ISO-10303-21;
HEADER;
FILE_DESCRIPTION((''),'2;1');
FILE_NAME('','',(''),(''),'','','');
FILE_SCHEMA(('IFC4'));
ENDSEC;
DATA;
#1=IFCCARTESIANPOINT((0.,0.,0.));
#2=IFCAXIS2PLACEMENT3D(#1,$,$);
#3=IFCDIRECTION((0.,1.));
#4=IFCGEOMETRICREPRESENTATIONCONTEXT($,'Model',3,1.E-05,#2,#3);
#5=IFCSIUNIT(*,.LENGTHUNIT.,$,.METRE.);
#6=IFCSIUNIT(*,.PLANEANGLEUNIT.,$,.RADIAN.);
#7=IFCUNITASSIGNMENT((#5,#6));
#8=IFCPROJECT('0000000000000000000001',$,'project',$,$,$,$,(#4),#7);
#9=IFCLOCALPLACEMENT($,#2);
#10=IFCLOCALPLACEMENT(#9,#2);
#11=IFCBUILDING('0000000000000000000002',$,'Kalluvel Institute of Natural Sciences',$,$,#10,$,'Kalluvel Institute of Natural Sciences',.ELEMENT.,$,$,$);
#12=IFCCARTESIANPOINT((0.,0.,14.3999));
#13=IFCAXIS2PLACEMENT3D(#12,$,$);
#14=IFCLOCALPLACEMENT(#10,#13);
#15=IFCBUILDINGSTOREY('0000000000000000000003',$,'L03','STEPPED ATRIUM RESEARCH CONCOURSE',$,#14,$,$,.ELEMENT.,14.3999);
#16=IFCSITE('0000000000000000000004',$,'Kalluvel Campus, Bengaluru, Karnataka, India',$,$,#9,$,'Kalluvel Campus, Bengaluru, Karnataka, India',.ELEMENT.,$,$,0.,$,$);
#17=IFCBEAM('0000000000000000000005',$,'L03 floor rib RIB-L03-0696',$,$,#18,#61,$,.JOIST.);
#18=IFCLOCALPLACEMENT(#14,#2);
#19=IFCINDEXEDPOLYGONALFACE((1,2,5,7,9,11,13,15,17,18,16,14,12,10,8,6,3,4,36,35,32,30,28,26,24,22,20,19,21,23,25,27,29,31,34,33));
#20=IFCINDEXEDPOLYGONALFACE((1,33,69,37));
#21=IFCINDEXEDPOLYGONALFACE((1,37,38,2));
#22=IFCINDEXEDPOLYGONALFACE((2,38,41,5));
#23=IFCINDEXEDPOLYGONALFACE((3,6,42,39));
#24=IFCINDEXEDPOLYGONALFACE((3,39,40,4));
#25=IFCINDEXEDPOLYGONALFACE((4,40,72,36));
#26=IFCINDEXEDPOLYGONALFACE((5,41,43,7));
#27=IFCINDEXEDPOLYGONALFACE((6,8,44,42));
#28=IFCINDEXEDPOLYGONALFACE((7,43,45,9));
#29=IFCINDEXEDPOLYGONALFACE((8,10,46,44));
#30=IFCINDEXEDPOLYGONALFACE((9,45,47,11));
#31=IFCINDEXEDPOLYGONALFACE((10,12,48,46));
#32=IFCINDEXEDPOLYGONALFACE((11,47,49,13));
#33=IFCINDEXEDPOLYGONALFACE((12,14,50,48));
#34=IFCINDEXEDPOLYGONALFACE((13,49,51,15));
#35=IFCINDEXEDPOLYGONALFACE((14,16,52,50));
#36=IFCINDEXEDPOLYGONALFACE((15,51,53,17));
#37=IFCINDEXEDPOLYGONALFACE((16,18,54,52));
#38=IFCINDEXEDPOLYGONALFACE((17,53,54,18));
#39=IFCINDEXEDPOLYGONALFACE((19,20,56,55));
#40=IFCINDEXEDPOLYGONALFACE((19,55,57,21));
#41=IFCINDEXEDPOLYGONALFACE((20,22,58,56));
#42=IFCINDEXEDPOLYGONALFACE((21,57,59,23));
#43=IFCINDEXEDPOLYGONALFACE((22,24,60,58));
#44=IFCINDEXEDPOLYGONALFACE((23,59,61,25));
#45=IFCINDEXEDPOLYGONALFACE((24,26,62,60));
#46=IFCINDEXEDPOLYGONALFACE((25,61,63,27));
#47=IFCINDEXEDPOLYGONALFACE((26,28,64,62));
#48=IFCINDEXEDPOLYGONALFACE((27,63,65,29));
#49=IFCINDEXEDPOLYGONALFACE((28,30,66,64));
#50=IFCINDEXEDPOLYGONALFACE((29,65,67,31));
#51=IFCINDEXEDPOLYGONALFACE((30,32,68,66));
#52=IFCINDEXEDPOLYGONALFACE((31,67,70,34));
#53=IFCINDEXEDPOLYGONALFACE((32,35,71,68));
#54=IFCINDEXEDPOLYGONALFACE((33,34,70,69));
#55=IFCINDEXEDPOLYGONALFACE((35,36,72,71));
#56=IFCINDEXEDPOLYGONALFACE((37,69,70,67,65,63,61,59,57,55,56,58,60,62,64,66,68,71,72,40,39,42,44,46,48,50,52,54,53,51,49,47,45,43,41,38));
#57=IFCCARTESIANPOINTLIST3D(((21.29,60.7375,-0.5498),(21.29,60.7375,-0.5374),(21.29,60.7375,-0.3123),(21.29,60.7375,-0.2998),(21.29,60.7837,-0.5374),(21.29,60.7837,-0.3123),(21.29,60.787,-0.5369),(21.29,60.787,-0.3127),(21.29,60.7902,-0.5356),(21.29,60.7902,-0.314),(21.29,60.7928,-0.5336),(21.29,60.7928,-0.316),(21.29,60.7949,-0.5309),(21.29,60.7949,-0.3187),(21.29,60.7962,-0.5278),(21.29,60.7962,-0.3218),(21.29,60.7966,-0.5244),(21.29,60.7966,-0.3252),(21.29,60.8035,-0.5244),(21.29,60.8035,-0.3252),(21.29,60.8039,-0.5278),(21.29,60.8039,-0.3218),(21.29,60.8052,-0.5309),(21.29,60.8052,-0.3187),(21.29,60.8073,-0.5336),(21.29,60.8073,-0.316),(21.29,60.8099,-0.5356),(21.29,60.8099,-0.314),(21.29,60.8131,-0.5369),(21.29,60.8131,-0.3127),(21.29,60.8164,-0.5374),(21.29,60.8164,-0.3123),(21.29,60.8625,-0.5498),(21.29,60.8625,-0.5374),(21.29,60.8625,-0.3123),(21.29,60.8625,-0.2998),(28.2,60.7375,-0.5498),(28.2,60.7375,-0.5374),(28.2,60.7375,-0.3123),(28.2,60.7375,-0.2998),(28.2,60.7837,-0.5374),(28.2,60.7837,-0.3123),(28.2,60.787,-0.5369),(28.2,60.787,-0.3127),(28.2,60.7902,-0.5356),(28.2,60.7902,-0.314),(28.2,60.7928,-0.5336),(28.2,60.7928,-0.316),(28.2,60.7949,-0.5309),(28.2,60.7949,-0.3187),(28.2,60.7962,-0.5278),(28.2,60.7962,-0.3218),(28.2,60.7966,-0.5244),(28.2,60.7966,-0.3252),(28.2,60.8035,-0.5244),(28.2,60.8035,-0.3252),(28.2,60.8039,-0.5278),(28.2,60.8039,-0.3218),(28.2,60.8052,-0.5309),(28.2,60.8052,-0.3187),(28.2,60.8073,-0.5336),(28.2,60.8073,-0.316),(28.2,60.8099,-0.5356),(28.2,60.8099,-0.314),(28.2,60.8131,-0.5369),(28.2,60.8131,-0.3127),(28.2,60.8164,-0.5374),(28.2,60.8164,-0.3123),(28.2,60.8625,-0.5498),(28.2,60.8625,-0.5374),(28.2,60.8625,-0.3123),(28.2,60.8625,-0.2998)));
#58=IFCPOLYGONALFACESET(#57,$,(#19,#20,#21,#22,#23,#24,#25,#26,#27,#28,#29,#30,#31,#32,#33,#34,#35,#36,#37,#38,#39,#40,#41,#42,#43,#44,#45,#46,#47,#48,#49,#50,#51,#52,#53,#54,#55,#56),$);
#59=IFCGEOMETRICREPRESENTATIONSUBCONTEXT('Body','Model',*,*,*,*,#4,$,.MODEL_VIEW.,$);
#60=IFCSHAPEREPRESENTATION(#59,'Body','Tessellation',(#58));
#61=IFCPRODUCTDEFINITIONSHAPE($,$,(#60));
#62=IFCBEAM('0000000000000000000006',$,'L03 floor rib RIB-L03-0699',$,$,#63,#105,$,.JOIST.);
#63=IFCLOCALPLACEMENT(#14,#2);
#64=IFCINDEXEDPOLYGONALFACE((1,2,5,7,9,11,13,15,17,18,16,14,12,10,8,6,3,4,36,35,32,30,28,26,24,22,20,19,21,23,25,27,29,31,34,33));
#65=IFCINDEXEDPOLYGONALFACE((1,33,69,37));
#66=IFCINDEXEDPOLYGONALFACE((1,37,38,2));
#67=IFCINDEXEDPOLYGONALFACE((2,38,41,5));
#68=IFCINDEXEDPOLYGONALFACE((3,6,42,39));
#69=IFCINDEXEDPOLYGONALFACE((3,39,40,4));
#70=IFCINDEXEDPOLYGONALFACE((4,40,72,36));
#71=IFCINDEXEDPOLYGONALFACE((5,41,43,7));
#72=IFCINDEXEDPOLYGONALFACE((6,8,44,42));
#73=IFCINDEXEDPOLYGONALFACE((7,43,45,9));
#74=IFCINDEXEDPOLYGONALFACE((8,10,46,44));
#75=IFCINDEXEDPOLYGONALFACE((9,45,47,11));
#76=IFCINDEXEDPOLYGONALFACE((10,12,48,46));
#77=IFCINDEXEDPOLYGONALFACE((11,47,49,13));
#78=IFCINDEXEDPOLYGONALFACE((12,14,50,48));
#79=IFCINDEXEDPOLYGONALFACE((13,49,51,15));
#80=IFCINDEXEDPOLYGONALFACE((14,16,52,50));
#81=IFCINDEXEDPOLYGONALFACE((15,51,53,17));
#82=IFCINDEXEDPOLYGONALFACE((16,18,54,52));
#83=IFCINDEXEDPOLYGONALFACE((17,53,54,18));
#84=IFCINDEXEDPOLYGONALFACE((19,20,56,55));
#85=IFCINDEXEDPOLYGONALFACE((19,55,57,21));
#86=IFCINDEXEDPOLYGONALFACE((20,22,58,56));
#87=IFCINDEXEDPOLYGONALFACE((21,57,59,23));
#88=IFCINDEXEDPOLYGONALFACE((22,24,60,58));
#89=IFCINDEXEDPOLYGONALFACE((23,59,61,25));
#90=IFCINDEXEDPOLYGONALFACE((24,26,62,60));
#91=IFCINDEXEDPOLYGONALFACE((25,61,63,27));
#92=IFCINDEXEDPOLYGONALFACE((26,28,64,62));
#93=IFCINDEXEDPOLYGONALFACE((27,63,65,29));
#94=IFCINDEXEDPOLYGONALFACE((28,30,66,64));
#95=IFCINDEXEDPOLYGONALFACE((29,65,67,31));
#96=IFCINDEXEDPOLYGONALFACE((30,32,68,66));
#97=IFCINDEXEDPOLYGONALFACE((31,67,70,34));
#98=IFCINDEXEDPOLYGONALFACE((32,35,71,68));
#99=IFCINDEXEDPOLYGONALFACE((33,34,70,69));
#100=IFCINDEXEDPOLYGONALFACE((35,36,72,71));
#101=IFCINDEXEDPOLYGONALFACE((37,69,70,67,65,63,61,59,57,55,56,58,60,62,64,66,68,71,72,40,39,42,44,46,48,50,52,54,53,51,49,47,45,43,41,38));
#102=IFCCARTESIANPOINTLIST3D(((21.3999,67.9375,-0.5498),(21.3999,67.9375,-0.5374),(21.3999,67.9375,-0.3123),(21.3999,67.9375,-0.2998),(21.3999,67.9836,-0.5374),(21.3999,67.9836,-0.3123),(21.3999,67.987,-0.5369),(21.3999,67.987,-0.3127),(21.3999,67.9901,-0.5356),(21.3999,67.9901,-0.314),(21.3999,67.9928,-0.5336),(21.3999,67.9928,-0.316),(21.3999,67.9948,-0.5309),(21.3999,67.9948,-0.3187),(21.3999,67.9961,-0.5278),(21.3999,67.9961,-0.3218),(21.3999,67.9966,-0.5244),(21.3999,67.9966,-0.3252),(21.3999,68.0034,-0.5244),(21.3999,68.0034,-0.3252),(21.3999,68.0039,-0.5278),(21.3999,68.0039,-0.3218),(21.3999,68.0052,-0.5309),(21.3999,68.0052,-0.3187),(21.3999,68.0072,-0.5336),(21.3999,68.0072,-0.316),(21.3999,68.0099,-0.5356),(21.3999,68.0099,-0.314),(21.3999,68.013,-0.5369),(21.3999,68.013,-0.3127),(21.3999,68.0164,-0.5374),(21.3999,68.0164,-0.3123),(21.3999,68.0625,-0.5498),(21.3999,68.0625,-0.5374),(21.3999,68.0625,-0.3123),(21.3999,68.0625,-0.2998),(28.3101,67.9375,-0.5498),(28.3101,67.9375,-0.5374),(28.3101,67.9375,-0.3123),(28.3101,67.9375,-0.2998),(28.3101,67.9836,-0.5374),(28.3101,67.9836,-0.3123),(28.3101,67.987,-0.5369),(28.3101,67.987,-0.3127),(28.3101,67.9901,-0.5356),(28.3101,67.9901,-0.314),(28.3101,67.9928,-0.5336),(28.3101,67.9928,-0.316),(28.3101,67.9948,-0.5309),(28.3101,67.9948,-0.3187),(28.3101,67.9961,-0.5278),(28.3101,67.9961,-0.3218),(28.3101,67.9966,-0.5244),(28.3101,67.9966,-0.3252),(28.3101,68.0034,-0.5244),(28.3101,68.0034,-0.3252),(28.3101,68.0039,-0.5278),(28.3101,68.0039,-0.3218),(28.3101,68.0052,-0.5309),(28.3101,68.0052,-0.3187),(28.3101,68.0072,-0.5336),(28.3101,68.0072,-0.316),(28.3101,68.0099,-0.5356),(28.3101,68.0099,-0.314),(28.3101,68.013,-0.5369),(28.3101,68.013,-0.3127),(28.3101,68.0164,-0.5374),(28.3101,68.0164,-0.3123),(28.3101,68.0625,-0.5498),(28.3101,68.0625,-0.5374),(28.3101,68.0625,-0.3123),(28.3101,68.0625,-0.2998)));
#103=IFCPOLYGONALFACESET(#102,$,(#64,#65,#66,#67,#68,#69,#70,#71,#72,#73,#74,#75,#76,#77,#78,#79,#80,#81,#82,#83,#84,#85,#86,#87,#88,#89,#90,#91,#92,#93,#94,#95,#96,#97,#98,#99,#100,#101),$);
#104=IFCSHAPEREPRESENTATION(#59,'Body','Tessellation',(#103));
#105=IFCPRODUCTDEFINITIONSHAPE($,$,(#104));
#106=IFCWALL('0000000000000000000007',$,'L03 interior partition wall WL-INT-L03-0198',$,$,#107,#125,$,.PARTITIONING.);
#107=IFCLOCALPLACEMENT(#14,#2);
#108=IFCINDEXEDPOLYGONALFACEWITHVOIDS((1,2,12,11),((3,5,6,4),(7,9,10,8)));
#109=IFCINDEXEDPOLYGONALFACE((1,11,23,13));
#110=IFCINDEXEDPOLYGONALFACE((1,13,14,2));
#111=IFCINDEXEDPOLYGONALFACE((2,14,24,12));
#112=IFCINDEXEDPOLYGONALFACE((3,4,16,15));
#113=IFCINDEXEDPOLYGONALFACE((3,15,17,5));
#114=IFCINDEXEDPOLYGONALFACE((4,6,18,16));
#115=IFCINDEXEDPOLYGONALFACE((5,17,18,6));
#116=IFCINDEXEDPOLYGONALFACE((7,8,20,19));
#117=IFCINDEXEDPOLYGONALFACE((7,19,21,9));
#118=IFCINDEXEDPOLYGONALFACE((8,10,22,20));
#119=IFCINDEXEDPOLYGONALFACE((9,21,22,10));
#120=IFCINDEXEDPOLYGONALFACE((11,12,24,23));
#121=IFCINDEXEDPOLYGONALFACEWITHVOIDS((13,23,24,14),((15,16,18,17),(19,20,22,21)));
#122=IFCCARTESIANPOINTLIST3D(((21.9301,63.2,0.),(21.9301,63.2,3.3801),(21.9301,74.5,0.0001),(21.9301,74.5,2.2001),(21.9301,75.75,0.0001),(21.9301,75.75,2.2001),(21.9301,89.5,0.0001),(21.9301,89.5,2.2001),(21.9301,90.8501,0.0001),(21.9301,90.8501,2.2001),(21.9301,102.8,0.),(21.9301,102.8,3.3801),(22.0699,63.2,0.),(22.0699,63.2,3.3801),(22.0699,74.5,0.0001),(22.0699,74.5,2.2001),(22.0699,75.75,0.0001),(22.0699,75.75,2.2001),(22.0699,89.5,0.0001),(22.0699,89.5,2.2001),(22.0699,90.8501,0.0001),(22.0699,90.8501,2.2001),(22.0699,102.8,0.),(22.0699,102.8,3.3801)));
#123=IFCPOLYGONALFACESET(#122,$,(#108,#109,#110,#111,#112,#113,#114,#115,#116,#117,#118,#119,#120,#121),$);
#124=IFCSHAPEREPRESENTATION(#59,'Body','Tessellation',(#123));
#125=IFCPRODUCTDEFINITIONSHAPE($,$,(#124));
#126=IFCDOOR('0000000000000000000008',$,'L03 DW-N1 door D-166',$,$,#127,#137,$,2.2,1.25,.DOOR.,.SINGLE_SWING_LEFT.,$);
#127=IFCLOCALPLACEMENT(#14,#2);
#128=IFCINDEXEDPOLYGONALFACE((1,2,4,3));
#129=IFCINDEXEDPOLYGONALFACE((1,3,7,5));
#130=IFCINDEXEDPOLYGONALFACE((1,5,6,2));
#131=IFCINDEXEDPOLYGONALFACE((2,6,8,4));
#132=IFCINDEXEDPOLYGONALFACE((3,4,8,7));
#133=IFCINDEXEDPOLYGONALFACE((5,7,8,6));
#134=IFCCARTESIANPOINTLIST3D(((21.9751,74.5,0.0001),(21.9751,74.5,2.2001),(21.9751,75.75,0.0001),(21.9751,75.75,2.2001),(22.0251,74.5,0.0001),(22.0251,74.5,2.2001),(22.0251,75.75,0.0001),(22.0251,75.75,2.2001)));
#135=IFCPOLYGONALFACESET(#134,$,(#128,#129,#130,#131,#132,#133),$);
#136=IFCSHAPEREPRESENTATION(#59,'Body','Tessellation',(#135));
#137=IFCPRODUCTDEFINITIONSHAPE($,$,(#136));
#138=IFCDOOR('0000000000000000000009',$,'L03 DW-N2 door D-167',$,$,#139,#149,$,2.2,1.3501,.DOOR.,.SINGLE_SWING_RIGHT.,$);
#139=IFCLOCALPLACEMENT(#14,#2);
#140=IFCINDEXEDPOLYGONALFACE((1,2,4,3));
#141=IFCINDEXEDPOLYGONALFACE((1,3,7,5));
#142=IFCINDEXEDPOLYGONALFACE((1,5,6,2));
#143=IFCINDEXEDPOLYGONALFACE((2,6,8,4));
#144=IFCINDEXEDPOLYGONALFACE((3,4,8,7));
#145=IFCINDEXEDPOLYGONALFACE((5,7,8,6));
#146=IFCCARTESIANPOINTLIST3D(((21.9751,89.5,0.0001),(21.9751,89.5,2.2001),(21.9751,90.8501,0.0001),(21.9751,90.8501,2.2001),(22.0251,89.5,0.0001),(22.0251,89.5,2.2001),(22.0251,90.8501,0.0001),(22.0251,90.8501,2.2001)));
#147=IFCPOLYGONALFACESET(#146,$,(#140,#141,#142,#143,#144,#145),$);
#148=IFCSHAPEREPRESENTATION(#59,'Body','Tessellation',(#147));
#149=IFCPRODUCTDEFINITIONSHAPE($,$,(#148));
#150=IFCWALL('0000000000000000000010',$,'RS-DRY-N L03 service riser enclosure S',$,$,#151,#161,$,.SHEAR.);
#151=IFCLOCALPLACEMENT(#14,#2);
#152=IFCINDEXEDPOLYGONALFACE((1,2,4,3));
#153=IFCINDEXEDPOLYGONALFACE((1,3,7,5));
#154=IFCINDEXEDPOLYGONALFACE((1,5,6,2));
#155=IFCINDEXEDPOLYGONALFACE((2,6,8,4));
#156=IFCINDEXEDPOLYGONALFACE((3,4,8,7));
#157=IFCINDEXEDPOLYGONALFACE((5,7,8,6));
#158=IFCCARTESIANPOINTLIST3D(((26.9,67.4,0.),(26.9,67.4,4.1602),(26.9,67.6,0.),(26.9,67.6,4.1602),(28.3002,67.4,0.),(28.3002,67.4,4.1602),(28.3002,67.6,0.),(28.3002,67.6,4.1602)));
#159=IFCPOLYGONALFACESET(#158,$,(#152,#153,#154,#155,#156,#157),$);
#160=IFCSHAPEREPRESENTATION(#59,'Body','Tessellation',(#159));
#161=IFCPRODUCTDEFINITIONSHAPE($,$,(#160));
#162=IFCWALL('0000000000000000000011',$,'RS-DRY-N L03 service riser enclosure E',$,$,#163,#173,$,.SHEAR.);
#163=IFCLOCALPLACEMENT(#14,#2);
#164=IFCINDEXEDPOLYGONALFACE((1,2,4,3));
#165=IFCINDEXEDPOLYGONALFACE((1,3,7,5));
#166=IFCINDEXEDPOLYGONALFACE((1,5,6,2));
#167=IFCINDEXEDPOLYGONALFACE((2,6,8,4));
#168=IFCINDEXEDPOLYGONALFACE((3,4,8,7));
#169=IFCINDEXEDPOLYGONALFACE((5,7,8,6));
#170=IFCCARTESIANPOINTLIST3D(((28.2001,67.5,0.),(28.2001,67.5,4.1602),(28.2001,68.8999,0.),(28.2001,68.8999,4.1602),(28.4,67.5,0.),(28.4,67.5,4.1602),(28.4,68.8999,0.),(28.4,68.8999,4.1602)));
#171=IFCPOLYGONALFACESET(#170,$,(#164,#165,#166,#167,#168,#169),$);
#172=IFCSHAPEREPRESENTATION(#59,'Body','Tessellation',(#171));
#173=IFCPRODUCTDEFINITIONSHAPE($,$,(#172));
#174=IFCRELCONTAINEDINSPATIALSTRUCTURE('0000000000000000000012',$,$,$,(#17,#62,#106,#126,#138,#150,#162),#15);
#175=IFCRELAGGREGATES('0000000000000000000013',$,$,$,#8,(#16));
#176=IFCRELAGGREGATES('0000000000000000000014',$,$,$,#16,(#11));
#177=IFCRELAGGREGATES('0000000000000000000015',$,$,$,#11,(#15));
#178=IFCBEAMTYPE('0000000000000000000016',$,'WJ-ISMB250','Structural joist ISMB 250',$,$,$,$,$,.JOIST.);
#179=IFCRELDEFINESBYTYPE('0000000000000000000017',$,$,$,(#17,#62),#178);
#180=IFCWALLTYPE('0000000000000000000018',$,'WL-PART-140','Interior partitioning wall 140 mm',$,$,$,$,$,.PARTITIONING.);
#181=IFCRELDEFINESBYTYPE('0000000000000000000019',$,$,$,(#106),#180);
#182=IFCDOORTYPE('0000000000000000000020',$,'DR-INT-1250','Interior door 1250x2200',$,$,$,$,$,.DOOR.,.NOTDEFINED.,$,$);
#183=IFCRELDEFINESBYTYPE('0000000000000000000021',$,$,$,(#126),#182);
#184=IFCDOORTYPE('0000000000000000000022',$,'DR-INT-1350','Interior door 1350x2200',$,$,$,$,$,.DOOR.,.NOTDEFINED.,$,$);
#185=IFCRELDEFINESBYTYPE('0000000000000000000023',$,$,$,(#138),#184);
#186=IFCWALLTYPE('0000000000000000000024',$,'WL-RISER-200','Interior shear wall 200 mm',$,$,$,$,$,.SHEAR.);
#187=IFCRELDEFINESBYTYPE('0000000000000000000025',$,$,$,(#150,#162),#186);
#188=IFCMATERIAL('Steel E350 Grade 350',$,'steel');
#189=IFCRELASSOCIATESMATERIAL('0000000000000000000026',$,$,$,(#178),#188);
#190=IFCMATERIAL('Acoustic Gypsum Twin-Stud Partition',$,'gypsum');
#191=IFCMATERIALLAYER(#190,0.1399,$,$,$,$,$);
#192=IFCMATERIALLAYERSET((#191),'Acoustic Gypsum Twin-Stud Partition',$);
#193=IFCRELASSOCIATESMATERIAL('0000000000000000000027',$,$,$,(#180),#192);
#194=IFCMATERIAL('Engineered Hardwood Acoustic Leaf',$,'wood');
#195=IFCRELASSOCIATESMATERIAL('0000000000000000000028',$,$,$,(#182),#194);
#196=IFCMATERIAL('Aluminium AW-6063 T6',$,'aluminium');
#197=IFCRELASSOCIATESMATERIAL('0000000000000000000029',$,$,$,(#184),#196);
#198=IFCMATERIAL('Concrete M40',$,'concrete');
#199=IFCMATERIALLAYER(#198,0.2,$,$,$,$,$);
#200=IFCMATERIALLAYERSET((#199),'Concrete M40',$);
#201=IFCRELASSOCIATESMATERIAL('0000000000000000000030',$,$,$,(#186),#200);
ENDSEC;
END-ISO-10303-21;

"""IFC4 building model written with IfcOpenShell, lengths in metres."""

from ifc_helpers import new_model, si_unit, direction, frame, frame_2d, origin, origin_2d, place, context, subcontext, project, spatial, rectangle, i_section, extrude, material, layer, layer_set, material_profile, profile_set, type_object, element, fill, save


model = new_model("IFC4")

# Units and contexts
model_context = context("Model", 3, precision=1e-05, world=origin(), true_north=direction((0.0, 1.0)))
body_context = subcontext(model_context, "Body", "Model", "MODEL_VIEW")
ifc_project = project(units=[si_unit("LENGTHUNIT", "METRE"), si_unit("PLANEANGLEUNIT", "RADIAN")], contexts=[model_context])

# Site, building, storey
site_placement = place(None, origin())
site = spatial("IfcSite", under=ifc_project, at=site_placement, Name="Kalluvel Campus, Bengaluru, Karnataka, India", LongName="Kalluvel Campus, Bengaluru, Karnataka, India", CompositionType="ELEMENT", RefElevation=0.0)
building_placement = place(site_placement, origin())
building = spatial("IfcBuilding", under=site, at=building_placement, Name="Kalluvel Institute of Natural Sciences", LongName="Kalluvel Institute of Natural Sciences", CompositionType="ELEMENT")
storey_placement = place(building_placement, frame((0.0, 0.0, 14.3999)))
storey = spatial("IfcBuildingStorey", under=building, at=storey_placement, Name="L03", Description="STEPPED ATRIUM RESEARCH CONCOURSE", CompositionType="ELEMENT", Elevation=14.3999)

# Shared definitions
ifc_material_1 = material(Name="Concrete M40", Category="concrete")

# Beams
ifc_material_2 = material(Name="Steel E350 Grade 350", Category="steel")
ifc_material_profile_1 = material_profile(ifc_material_2, i_section(OverallWidth=0.125, OverallDepth=0.25, WebThickness=0.0068, FlangeThickness=0.0125, FilletRadius=0.0129, at=origin_2d()), Name="ISMB 250")
ifc_profile_set_1 = profile_set([ifc_material_profile_1], Name="Steel E350 Grade 350")
beam_type_1 = type_object("IfcBeamType", Name="WJ-ISMB250", Description="Structural joist ISMB 250", PredefinedType="JOIST", material=ifc_profile_set_1)
beam_1_placement = place(storey_placement, frame((21.29, 60.8, -0.4248), z_axis=(1.0, 0.0, 0.0), x_axis=(0.0, 1.0, 0.0)))
element("IfcBeam", 1, at=beam_1_placement, inside=storey, type_object=beam_type_1, Name="L03 floor rib RIB-L03-0696", PredefinedType="JOIST", context=body_context, shape_type="SweptSolid", body=[
    extrude(i_section(OverallWidth=0.125, OverallDepth=0.25, WebThickness=0.0068, FlangeThickness=0.0125, FilletRadius=0.0129, at=origin_2d()), origin(), (0.0, 0.0, 1.0), 6.9099),
])
beam_2_placement = place(storey_placement, frame((21.3999, 68.0, -0.4248), z_axis=(1.0, 0.0, 0.0), x_axis=(0.0, 1.0, 0.0)))
element("IfcBeam", 2, at=beam_2_placement, inside=storey, type_object=beam_type_1, Name="L03 floor rib RIB-L03-0699", PredefinedType="JOIST", context=body_context, shape_type="SweptSolid", body=[
    extrude(i_section(OverallWidth=0.125, OverallDepth=0.25, WebThickness=0.0068, FlangeThickness=0.0125, FilletRadius=0.0129, at=origin_2d()), origin(), (0.0, 0.0, 1.0), 6.9102),
])

# Wall, openings, doors
ifc_material_3 = material(Name="Acoustic Gypsum Twin-Stud Partition", Category="gypsum")
ifc_layer_1 = layer(ifc_material_3, 0.1399)
ifc_layer_set_1 = layer_set([ifc_layer_1], Name="Acoustic Gypsum Twin-Stud Partition")
wall_type_1 = type_object("IfcWallType", Name="WL-PART-140", Description="Interior partitioning wall 140 mm", PredefinedType="PARTITIONING", material=ifc_layer_set_1)
wall_1_placement = place(storey_placement, frame((22.0, 63.2, 0.0), z_axis=(0.0, 0.0, 1.0), x_axis=(0.0, 1.0, 0.0)))
wall_1 = element("IfcWall", 3, at=wall_1_placement, inside=storey, type_object=wall_type_1, Name="L03 interior partition wall WL-INT-L03-0198", PredefinedType="PARTITIONING", context=body_context, shape_type="SweptSolid", body=[
    extrude(rectangle(XDim=39.6001, YDim=0.1399, at=frame_2d((19.8, 0.0))), origin(), (0.0, 0.0, 1.0), 3.3801),
])
opening_1_placement = place(wall_1_placement, frame((11.3, 0.0, 0.0)))
opening_1 = element("IfcOpeningElement", 4, at=opening_1_placement, cuts=wall_1, PredefinedType="OPENING", context=body_context, shape_type="SweptSolid", body=[
    extrude(rectangle(XDim=1.25, YDim=2.2, at=frame_2d((0.625, 1.1001))), frame((0.0, 0.0798, 0.0), z_axis=(0.0, -1.0, 0.0), x_axis=(1.0, 0.0, 0.0)), (0.0, 0.0, 1.0), 0.1599),
])
opening_2_placement = place(wall_1_placement, frame((26.3, 0.0, 0.0)))
opening_2 = element("IfcOpeningElement", 5, at=opening_2_placement, cuts=wall_1, PredefinedType="OPENING", context=body_context, shape_type="SweptSolid", body=[
    extrude(rectangle(XDim=1.3501, YDim=2.2, at=frame_2d((0.675, 1.1001))), frame((0.0, 0.0798, 0.0), z_axis=(0.0, -1.0, 0.0), x_axis=(1.0, 0.0, 0.0)), (0.0, 0.0, 1.0), 0.1599),
])
ifc_material_4 = material(Name="Engineered Hardwood Acoustic Leaf", Category="wood")
door_type_1 = type_object("IfcDoorType", Name="DR-INT-1250", Description="Interior door 1250x2200", OperationType="NOTDEFINED", PredefinedType="DOOR", material=ifc_material_4)
door_1_placement = place(opening_1_placement, origin())
door_1 = element("IfcDoor", 6, at=door_1_placement, inside=storey, type_object=door_type_1, Name="L03 DW-N1 door D-166", OperationType="SINGLE_SWING_LEFT", OverallHeight=2.2, OverallWidth=1.25, PredefinedType="DOOR", context=body_context, shape_type="SweptSolid", body=[
    extrude(rectangle(XDim=1.25, YDim=2.2, at=frame_2d((0.625, 1.1001))), frame((0.0, 0.0249, 0.0), z_axis=(0.0, -1.0, 0.0), x_axis=(1.0, 0.0, 0.0)), (0.0, 0.0, 1.0), 0.05),
])
fill(opening_1, door_1)
ifc_material_5 = material(Name="Aluminium AW-6063 T6", Category="aluminium")
door_type_2 = type_object("IfcDoorType", Name="DR-INT-1350", Description="Interior door 1350x2200", OperationType="NOTDEFINED", PredefinedType="DOOR", material=ifc_material_5)
door_2_placement = place(opening_2_placement, origin())
door_2 = element("IfcDoor", 7, at=door_2_placement, inside=storey, type_object=door_type_2, Name="L03 DW-N2 door D-167", OperationType="SINGLE_SWING_RIGHT", OverallHeight=2.2, OverallWidth=1.3501, PredefinedType="DOOR", context=body_context, shape_type="SweptSolid", body=[
    extrude(rectangle(XDim=1.3501, YDim=2.2, at=frame_2d((0.675, 1.1001))), frame((0.0, 0.0249, 0.0), z_axis=(0.0, -1.0, 0.0), x_axis=(1.0, 0.0, 0.0)), (0.0, 0.0, 1.0), 0.05),
])
fill(opening_2, door_2)

# Walls
ifc_layer_2 = layer(ifc_material_1, 0.2)
ifc_layer_set_2 = layer_set([ifc_layer_2], Name="Concrete M40")
wall_type_2 = type_object("IfcWallType", Name="WL-RISER-200", Description="Interior shear wall 200 mm", PredefinedType="SHEAR", material=ifc_layer_set_2)
wall_2_placement = place(storey_placement, frame((26.8999, 67.5, 0.0), z_axis=(0.0, 0.0, 1.0), x_axis=(1.0, 0.0, 0.0)))
element("IfcWall", 8, at=wall_2_placement, inside=storey, type_object=wall_type_2, Name="RS-DRY-N L03 service riser enclosure S", PredefinedType="SHEAR", context=body_context, shape_type="SweptSolid", body=[
    extrude(rectangle(XDim=1.4001, YDim=0.2, at=frame_2d((0.7002, 0.0))), origin(), (0.0, 0.0, 1.0), 4.1602),
])
wall_3_placement = place(storey_placement, frame((28.3, 67.5, 0.0), z_axis=(0.0, 0.0, 1.0), x_axis=(0.0, 1.0, 0.0)))
element("IfcWall", 9, at=wall_3_placement, inside=storey, type_object=wall_type_2, Name="RS-DRY-N L03 service riser enclosure E", PredefinedType="SHEAR", context=body_context, shape_type="SweptSolid", body=[
    extrude(rectangle(XDim=1.3999, YDim=0.2, at=frame_2d((0.7, 0.0))), origin(), (0.0, 0.0, 1.0), 4.1602),
])

save(model, "model.ifc")
